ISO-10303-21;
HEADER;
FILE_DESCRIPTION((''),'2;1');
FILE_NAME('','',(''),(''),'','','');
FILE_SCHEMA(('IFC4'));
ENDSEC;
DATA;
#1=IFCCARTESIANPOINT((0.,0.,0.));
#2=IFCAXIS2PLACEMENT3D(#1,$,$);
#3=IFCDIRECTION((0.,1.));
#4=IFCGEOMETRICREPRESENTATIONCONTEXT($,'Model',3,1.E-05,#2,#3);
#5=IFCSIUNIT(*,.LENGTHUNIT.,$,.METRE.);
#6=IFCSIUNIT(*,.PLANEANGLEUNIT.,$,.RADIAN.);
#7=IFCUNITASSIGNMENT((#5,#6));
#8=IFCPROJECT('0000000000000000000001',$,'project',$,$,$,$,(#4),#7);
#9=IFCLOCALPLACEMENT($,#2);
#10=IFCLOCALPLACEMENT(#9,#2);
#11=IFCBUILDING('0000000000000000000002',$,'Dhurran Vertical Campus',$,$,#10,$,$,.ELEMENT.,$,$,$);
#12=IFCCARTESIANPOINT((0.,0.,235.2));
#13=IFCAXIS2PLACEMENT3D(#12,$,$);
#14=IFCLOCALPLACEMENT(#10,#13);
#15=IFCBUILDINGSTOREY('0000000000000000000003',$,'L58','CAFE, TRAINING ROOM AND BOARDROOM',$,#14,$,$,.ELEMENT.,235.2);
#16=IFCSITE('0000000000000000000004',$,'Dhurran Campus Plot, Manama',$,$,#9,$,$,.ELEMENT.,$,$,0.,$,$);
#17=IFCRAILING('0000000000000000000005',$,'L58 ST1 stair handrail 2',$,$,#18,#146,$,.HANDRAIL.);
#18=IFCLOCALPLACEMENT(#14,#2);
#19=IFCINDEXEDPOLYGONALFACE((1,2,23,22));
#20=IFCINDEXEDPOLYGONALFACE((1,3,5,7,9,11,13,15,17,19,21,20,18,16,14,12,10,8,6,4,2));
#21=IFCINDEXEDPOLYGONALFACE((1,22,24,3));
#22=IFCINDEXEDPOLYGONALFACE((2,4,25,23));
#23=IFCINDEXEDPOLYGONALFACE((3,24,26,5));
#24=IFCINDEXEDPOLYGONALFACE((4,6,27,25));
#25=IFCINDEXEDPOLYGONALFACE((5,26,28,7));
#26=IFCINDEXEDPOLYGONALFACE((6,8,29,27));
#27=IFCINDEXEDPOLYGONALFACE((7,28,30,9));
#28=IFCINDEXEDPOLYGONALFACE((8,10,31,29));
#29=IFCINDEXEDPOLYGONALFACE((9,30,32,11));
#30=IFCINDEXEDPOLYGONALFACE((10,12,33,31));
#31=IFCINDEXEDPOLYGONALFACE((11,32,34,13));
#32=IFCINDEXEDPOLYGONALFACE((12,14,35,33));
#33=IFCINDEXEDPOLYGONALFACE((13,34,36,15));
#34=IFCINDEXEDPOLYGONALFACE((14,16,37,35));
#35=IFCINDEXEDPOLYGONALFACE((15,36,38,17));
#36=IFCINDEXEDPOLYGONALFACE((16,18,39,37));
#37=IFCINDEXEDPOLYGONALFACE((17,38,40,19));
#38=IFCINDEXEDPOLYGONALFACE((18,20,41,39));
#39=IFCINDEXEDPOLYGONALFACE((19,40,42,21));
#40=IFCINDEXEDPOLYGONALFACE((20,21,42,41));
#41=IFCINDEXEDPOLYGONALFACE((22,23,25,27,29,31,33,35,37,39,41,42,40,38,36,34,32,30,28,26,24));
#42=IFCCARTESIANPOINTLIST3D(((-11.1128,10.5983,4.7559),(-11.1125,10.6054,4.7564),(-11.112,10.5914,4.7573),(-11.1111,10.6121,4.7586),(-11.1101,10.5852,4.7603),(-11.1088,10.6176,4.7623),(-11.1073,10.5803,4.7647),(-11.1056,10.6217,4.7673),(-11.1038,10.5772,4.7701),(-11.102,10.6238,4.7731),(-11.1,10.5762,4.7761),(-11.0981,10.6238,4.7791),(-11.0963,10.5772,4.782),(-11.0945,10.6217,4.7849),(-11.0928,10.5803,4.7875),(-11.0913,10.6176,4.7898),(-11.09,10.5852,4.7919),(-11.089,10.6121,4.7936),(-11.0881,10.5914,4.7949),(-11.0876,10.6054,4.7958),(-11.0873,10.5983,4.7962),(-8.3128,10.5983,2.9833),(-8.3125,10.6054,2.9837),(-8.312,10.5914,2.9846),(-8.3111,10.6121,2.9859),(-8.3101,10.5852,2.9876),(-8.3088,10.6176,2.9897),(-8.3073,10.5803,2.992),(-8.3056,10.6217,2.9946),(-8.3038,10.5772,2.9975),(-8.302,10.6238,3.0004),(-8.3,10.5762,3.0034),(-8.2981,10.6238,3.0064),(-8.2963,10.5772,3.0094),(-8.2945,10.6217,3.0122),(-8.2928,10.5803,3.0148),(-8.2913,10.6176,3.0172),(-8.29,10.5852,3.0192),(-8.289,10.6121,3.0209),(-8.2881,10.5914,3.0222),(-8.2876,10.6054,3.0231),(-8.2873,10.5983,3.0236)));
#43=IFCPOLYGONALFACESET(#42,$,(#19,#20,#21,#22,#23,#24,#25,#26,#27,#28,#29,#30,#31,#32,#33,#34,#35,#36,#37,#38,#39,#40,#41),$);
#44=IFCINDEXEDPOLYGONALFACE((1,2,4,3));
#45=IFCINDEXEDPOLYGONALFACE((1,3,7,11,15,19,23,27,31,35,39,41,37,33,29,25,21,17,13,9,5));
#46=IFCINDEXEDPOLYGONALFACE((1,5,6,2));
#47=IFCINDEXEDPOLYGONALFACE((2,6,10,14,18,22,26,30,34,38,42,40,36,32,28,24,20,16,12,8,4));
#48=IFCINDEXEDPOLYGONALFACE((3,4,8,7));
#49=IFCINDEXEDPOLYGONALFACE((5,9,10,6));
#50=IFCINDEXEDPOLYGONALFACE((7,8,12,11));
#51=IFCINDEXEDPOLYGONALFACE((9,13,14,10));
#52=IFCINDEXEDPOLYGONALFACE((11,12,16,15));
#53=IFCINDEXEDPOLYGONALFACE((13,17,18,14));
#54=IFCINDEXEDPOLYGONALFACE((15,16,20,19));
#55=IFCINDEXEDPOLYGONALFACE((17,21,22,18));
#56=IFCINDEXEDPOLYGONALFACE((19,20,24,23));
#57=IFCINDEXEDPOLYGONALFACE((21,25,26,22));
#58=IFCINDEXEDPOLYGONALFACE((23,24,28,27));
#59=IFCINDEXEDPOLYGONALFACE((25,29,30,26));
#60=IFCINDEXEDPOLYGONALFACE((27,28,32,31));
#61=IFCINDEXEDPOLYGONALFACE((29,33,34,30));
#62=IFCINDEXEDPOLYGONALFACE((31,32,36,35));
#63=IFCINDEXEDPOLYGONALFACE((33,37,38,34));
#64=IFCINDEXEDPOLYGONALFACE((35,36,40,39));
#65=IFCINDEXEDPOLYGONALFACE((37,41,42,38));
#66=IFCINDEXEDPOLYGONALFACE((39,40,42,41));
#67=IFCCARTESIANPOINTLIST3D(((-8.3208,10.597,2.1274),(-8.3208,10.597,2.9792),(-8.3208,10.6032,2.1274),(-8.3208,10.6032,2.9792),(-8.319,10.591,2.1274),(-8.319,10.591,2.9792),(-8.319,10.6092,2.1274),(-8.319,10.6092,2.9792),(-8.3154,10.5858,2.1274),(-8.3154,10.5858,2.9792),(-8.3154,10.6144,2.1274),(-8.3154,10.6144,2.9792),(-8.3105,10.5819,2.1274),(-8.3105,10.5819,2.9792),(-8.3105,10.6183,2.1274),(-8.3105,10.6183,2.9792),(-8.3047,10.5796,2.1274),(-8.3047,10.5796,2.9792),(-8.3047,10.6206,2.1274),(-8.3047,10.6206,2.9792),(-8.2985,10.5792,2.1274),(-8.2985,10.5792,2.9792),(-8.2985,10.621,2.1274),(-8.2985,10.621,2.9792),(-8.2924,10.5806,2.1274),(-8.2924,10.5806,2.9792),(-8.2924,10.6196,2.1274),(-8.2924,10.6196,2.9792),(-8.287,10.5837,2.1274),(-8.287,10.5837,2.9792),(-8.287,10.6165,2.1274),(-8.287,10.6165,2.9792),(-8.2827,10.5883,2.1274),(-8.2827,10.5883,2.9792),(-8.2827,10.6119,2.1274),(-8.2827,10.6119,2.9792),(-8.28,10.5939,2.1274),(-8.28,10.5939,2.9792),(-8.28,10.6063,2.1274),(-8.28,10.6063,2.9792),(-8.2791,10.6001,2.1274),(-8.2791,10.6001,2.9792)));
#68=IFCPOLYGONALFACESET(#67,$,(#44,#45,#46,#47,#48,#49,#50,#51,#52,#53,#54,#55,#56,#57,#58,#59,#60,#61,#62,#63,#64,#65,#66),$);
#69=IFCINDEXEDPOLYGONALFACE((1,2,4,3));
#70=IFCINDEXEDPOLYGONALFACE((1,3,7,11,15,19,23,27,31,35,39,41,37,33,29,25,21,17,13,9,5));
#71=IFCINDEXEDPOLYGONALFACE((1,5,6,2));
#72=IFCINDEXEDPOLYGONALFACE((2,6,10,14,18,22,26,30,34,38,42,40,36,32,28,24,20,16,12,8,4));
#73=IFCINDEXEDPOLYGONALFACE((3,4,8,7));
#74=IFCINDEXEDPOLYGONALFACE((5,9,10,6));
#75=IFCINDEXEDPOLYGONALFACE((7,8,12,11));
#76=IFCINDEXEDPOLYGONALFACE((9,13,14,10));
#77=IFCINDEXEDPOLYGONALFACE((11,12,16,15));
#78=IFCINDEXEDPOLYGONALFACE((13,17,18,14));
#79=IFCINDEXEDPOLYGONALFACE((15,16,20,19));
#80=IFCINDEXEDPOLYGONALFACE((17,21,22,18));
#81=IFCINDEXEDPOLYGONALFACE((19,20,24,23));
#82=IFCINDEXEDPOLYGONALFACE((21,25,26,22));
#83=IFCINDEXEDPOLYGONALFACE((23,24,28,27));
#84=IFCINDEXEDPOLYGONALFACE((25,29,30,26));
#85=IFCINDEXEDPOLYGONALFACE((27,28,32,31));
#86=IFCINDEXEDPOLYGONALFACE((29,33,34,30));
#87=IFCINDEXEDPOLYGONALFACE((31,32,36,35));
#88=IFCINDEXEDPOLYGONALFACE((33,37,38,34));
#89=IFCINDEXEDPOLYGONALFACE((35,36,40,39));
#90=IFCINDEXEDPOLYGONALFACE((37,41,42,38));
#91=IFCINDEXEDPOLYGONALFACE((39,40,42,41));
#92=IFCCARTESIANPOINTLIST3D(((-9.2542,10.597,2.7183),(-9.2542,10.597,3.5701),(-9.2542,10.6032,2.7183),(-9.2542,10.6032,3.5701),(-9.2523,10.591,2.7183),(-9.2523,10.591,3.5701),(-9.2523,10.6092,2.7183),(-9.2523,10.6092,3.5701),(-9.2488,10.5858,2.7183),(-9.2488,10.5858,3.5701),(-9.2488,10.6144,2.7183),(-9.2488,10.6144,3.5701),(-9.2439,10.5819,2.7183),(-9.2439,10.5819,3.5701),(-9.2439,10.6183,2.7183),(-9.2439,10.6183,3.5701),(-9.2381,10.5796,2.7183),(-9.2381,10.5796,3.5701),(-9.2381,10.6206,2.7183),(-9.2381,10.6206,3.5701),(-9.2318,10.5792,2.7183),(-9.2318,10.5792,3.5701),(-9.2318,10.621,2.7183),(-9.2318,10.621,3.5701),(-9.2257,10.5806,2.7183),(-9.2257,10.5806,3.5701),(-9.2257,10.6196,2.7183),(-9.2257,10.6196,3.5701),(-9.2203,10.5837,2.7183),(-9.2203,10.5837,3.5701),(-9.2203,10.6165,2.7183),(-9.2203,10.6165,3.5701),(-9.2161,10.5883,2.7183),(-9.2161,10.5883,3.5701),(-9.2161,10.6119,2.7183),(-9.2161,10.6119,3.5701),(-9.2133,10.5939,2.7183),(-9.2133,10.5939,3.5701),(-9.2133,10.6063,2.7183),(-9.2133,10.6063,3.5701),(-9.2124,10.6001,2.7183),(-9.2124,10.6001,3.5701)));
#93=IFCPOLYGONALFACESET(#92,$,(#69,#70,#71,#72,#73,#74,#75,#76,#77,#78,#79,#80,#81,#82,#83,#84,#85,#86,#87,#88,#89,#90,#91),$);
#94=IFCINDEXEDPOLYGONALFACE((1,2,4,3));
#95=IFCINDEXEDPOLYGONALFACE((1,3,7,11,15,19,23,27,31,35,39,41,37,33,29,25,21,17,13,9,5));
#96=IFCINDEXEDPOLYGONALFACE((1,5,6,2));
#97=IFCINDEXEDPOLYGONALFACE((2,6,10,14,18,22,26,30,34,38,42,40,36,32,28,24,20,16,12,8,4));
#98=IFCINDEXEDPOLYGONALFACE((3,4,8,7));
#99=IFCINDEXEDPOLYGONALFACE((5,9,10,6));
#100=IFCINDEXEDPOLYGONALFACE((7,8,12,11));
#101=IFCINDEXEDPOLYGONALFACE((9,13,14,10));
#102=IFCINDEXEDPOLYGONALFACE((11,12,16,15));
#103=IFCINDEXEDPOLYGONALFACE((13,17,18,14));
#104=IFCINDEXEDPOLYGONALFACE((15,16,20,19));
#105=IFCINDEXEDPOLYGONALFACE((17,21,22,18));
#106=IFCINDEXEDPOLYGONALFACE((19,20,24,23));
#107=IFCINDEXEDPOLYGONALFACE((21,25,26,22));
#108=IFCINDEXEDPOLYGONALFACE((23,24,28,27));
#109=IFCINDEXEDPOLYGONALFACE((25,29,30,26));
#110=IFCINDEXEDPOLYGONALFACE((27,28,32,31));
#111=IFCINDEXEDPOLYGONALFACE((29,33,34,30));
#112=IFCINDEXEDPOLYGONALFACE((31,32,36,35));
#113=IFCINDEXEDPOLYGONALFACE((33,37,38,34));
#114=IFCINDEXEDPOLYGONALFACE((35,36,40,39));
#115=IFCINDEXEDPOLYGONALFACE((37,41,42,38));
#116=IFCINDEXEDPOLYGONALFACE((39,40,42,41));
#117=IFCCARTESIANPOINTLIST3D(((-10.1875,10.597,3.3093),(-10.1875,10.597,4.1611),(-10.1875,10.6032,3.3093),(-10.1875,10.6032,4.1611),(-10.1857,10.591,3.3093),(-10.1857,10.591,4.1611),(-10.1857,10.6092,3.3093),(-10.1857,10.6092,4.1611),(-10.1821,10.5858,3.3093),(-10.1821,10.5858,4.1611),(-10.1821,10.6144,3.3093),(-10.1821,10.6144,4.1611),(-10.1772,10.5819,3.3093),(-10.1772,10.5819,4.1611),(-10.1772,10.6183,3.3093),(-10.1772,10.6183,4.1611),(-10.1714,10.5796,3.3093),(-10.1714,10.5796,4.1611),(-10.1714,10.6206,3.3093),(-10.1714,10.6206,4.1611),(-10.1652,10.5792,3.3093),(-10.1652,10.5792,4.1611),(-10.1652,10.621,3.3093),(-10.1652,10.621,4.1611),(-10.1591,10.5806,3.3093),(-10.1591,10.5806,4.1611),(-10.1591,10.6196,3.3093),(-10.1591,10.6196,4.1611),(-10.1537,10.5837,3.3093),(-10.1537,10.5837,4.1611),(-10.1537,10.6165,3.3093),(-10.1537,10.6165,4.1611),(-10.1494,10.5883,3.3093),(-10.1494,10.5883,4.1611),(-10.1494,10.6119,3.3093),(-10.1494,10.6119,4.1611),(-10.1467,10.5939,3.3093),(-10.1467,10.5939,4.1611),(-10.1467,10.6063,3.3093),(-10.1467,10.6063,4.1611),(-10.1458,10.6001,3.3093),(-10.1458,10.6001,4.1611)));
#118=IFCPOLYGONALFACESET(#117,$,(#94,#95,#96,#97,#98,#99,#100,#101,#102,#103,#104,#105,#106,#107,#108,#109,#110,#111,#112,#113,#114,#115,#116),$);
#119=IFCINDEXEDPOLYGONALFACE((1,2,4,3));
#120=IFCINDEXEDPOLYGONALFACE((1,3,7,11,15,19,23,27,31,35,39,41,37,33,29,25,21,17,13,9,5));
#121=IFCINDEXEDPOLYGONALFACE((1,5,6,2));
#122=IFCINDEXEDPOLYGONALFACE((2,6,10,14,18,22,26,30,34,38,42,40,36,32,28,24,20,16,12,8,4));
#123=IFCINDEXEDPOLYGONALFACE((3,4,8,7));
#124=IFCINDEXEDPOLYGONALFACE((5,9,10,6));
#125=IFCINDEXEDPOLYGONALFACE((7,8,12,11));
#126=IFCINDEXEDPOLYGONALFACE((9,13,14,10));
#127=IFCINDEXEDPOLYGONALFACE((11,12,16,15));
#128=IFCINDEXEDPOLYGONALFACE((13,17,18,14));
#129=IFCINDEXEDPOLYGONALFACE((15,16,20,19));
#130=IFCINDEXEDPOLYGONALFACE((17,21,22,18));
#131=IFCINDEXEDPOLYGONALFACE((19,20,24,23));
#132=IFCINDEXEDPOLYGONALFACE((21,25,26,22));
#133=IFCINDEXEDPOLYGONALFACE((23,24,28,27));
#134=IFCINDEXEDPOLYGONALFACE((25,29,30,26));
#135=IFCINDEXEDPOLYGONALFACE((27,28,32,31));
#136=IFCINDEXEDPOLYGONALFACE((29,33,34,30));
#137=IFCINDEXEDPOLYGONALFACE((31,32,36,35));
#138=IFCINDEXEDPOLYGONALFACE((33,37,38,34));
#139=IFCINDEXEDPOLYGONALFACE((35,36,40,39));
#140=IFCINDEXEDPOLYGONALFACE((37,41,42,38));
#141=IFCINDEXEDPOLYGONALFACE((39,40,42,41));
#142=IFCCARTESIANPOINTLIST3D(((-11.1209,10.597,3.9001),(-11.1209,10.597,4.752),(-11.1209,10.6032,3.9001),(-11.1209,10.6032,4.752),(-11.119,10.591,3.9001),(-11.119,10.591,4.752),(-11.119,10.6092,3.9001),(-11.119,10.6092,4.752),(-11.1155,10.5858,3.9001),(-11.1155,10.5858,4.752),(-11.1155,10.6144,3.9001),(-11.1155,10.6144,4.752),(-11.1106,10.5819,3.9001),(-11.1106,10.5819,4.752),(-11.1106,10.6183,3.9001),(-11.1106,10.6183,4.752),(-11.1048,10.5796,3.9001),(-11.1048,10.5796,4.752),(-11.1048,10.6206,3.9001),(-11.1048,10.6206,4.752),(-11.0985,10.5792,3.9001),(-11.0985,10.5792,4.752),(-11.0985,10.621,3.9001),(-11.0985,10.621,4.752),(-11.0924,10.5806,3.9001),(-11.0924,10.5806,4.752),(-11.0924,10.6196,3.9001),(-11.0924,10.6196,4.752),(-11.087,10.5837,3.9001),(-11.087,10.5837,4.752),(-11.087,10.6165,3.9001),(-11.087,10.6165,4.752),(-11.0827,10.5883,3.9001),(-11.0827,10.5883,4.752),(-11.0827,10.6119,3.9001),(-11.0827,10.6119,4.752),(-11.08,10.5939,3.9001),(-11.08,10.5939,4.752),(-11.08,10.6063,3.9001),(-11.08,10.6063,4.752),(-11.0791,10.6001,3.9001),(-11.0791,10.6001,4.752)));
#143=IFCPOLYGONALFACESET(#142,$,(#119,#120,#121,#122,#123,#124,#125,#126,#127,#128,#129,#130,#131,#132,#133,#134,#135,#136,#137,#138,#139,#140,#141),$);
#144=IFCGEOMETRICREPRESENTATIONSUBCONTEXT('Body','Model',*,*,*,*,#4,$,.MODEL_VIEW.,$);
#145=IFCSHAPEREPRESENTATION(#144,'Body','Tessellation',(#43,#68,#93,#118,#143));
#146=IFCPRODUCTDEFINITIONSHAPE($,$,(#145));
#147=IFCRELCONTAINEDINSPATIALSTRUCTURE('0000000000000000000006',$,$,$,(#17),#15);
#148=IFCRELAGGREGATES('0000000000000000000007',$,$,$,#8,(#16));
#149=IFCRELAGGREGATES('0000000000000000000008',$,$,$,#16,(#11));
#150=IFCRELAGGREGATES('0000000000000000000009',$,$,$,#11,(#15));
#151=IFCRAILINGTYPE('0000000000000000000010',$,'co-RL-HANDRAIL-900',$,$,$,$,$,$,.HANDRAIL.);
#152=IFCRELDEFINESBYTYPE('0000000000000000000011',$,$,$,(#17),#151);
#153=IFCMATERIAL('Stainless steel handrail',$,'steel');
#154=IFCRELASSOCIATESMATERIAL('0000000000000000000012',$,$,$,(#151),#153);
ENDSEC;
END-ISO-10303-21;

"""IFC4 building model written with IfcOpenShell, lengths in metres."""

from ifc_helpers import new_model, si_unit, direction, frame, origin, origin_2d, place, context, subcontext, project, spatial, circle, extrude, material, type_object, element, save


model = new_model("IFC4")

# Units and contexts
model_context = context("Model", 3, precision=1e-05, world=origin(), true_north=direction((0.0, 1.0)))
body_context = subcontext(model_context, "Body", "Model", "MODEL_VIEW")
ifc_project = project(units=[si_unit("LENGTHUNIT", "METRE"), si_unit("PLANEANGLEUNIT", "RADIAN")], contexts=[model_context])

# Site, building, storey
site_placement = place(None, origin())
site = spatial("IfcSite", under=ifc_project, at=site_placement, Name="Dhurran Campus Plot, Manama", CompositionType="ELEMENT", RefElevation=0.0)
building_placement = place(site_placement, origin())
building = spatial("IfcBuilding", under=site, at=building_placement, Name="Dhurran Vertical Campus", CompositionType="ELEMENT")
storey_placement = place(building_placement, frame((0.0, 0.0, 235.2)))
storey = spatial("IfcBuildingStorey", under=building, at=storey_placement, Name="L58", Description="CAFE, TRAINING ROOM AND BOARDROOM", CompositionType="ELEMENT", Elevation=235.2)

# Railing
ifc_material_1 = material(Name="Stainless steel handrail", Category="steel")
railing_type_1 = type_object("IfcRailingType", Name="co-RL-HANDRAIL-900", PredefinedType="HANDRAIL", material=ifc_material_1)
railing_1_placement = place(storey_placement, frame((-8.3, 10.6001, 2.1274)))
element("IfcRailing", 1, at=railing_1_placement, inside=storey, type_object=railing_type_1, Name="L58 ST1 stair handrail 2", PredefinedType="HANDRAIL", context=body_context, shape_type="SweptSolid", body=[
    extrude(circle(Radius=0.0239, at=origin_2d()), frame((0.0, 0.0, 0.876), z_axis=(-0.844909, 0.0, 0.53491), x_axis=(0.0, -1.0, 0.0)), (0.0, 0.0, 1.0), 3.314),
    extrude(circle(Radius=0.021, at=origin_2d()), origin(), (0.0, 0.0, 1.0), 0.8518),
    extrude(circle(Radius=0.021, at=origin_2d()), frame((-0.9333, 0.0, 0.5908)), (0.0, 0.0, 1.0), 0.8518),
    extrude(circle(Radius=0.021, at=origin_2d()), frame((-1.8667, 0.0, 1.1819)), (0.0, 0.0, 1.0), 0.8518),
    extrude(circle(Radius=0.021, at=origin_2d()), frame((-2.8, 0.0, 1.7727)), (0.0, 0.0, 1.0), 0.8518),
])

save(model, "model.ifc")
